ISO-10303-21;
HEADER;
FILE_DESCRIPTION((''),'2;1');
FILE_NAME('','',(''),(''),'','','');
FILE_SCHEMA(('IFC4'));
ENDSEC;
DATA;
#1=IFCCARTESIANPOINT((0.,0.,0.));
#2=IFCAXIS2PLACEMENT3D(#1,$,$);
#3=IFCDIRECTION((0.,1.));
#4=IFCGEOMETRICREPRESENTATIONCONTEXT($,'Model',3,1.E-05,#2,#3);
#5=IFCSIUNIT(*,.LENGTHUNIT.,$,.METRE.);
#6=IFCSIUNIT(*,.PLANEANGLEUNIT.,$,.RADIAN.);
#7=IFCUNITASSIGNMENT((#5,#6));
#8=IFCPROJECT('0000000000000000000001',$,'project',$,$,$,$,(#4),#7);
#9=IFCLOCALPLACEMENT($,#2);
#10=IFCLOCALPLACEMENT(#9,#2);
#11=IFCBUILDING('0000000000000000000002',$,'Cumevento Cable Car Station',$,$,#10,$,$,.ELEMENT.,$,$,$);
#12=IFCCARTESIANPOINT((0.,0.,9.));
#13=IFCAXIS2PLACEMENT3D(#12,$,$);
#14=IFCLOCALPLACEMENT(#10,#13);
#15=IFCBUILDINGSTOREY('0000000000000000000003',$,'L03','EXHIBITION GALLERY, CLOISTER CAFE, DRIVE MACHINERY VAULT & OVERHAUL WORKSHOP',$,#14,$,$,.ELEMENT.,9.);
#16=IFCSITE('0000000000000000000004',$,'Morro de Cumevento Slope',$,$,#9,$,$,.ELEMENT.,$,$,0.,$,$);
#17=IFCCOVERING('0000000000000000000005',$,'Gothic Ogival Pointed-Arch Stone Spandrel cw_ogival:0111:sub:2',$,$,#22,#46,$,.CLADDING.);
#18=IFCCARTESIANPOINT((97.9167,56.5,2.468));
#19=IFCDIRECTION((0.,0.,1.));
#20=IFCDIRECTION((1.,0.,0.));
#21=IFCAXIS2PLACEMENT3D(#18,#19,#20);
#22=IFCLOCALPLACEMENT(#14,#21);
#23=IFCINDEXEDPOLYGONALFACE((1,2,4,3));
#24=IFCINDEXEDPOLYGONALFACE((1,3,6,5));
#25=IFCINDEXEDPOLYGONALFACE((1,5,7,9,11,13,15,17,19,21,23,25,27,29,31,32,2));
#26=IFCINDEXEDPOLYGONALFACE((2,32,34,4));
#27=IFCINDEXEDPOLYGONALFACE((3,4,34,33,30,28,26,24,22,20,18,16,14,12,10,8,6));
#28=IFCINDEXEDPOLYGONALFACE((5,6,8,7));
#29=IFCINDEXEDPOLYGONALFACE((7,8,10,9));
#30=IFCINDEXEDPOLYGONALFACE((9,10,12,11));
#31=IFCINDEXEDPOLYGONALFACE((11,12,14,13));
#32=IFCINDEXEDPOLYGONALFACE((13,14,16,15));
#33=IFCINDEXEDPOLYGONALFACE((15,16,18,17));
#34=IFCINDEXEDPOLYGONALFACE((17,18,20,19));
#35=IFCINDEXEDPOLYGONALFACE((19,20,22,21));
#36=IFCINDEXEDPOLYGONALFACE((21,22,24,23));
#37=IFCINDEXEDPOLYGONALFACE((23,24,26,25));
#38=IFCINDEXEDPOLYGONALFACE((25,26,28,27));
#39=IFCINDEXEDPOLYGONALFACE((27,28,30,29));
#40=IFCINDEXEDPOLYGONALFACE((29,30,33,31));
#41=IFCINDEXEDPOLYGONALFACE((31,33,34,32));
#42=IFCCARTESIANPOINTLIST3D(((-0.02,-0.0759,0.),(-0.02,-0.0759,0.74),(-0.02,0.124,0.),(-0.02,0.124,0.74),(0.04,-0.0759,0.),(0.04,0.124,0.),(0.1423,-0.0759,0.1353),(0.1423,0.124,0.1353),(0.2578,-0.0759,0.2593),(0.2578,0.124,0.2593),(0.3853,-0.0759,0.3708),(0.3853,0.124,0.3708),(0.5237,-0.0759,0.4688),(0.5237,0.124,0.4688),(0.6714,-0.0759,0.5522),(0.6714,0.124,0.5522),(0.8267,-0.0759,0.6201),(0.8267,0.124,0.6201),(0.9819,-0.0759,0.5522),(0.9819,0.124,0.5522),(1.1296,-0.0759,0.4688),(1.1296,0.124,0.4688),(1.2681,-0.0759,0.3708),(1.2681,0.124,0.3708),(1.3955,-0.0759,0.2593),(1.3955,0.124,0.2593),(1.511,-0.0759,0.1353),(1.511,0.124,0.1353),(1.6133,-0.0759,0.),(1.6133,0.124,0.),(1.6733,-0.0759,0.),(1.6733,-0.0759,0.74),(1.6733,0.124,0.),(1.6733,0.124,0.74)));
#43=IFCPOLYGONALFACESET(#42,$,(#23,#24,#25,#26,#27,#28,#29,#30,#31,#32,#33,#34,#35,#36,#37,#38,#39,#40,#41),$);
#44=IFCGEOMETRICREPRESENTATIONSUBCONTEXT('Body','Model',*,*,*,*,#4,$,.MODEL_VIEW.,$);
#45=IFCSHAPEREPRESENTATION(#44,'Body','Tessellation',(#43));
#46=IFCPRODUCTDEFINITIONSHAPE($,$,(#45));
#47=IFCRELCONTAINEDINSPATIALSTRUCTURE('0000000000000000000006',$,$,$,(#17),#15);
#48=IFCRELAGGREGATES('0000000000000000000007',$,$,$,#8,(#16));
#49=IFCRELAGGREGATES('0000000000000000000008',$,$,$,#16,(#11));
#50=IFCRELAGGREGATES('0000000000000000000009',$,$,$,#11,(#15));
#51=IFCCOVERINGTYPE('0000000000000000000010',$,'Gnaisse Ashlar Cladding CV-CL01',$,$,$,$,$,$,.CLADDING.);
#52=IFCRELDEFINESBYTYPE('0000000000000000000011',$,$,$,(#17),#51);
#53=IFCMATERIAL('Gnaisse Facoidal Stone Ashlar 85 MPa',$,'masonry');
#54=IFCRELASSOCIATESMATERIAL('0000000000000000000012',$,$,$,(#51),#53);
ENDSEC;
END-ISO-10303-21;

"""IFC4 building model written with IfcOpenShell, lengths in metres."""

from ifc_helpers import new_model, si_unit, direction, frame, origin, place, context, subcontext, project, spatial, polyline, outline, extrude, material, type_object, element, save


model = new_model("IFC4")

# Units and contexts
model_context = context("Model", 3, precision=1e-05, world=origin(), true_north=direction((0.0, 1.0)))
body_context = subcontext(model_context, "Body", "Model", "MODEL_VIEW")
ifc_project = project(units=[si_unit("LENGTHUNIT", "METRE"), si_unit("PLANEANGLEUNIT", "RADIAN")], contexts=[model_context])

# Site, building, storey
site_placement = place(None, origin())
site = spatial("IfcSite", under=ifc_project, at=site_placement, Name="Morro de Cumevento Slope", CompositionType="ELEMENT", RefElevation=0.0)
building_placement = place(site_placement, origin())
building = spatial("IfcBuilding", under=site, at=building_placement, Name="Cumevento Cable Car Station", CompositionType="ELEMENT")
storey_placement = place(building_placement, frame((0.0, 0.0, 9.0)))
storey = spatial("IfcBuildingStorey", under=building, at=storey_placement, Name="L03", Description="EXHIBITION GALLERY, CLOISTER CAFE, DRIVE MACHINERY VAULT & OVERHAUL WORKSHOP", CompositionType="ELEMENT", Elevation=9.0)

# Covering
ifc_material_1 = material(Name="Gnaisse Facoidal Stone Ashlar 85 MPa", Category="masonry")
covering_type = type_object("IfcCoveringType", Name="Gnaisse Ashlar Cladding CV-CL01", PredefinedType="CLADDING", material=ifc_material_1)
for number, where, z_axis, x_axis, name in (
    (1, (97.9167, 56.5, 2.468), (0.0, 0.0, 1.0), (1.0, 0.0, 0.0), "Gothic Ogival Pointed-Arch Stone Spandrel cw_ogival:0111:sub:2"),
):
    element("IfcCovering", number, at=place(storey_placement, frame(where, z_axis=z_axis, x_axis=x_axis)), inside=storey, type_object=covering_type, Name=name, PredefinedType="CLADDING", context=body_context, shape_type="SweptSolid", body=[
        extrude(outline(polyline([(-0.02, 0.0), (-0.02, 0.74), (1.6733, 0.74), (1.6733, 0.0), (1.6133, 0.0), (1.511, 0.1353), (1.3955, 0.2593), (1.2681, 0.3708), (1.1296, 0.4688), (0.9819, 0.5522), (0.8267, 0.6201), (0.6714, 0.5522), (0.5237, 0.4688), (0.3853, 0.3708), (0.2578, 0.2593), (0.1423, 0.1353), (0.04, 0.0), (-0.02, 0.0)])), frame((0.0, 0.124, 0.0), z_axis=(0.0, -1.0, 0.0), x_axis=(1.0, 0.0, 0.0)), (0.0, 0.0, 1.0), 0.2),
    ])

save(model, "model.ifc")
